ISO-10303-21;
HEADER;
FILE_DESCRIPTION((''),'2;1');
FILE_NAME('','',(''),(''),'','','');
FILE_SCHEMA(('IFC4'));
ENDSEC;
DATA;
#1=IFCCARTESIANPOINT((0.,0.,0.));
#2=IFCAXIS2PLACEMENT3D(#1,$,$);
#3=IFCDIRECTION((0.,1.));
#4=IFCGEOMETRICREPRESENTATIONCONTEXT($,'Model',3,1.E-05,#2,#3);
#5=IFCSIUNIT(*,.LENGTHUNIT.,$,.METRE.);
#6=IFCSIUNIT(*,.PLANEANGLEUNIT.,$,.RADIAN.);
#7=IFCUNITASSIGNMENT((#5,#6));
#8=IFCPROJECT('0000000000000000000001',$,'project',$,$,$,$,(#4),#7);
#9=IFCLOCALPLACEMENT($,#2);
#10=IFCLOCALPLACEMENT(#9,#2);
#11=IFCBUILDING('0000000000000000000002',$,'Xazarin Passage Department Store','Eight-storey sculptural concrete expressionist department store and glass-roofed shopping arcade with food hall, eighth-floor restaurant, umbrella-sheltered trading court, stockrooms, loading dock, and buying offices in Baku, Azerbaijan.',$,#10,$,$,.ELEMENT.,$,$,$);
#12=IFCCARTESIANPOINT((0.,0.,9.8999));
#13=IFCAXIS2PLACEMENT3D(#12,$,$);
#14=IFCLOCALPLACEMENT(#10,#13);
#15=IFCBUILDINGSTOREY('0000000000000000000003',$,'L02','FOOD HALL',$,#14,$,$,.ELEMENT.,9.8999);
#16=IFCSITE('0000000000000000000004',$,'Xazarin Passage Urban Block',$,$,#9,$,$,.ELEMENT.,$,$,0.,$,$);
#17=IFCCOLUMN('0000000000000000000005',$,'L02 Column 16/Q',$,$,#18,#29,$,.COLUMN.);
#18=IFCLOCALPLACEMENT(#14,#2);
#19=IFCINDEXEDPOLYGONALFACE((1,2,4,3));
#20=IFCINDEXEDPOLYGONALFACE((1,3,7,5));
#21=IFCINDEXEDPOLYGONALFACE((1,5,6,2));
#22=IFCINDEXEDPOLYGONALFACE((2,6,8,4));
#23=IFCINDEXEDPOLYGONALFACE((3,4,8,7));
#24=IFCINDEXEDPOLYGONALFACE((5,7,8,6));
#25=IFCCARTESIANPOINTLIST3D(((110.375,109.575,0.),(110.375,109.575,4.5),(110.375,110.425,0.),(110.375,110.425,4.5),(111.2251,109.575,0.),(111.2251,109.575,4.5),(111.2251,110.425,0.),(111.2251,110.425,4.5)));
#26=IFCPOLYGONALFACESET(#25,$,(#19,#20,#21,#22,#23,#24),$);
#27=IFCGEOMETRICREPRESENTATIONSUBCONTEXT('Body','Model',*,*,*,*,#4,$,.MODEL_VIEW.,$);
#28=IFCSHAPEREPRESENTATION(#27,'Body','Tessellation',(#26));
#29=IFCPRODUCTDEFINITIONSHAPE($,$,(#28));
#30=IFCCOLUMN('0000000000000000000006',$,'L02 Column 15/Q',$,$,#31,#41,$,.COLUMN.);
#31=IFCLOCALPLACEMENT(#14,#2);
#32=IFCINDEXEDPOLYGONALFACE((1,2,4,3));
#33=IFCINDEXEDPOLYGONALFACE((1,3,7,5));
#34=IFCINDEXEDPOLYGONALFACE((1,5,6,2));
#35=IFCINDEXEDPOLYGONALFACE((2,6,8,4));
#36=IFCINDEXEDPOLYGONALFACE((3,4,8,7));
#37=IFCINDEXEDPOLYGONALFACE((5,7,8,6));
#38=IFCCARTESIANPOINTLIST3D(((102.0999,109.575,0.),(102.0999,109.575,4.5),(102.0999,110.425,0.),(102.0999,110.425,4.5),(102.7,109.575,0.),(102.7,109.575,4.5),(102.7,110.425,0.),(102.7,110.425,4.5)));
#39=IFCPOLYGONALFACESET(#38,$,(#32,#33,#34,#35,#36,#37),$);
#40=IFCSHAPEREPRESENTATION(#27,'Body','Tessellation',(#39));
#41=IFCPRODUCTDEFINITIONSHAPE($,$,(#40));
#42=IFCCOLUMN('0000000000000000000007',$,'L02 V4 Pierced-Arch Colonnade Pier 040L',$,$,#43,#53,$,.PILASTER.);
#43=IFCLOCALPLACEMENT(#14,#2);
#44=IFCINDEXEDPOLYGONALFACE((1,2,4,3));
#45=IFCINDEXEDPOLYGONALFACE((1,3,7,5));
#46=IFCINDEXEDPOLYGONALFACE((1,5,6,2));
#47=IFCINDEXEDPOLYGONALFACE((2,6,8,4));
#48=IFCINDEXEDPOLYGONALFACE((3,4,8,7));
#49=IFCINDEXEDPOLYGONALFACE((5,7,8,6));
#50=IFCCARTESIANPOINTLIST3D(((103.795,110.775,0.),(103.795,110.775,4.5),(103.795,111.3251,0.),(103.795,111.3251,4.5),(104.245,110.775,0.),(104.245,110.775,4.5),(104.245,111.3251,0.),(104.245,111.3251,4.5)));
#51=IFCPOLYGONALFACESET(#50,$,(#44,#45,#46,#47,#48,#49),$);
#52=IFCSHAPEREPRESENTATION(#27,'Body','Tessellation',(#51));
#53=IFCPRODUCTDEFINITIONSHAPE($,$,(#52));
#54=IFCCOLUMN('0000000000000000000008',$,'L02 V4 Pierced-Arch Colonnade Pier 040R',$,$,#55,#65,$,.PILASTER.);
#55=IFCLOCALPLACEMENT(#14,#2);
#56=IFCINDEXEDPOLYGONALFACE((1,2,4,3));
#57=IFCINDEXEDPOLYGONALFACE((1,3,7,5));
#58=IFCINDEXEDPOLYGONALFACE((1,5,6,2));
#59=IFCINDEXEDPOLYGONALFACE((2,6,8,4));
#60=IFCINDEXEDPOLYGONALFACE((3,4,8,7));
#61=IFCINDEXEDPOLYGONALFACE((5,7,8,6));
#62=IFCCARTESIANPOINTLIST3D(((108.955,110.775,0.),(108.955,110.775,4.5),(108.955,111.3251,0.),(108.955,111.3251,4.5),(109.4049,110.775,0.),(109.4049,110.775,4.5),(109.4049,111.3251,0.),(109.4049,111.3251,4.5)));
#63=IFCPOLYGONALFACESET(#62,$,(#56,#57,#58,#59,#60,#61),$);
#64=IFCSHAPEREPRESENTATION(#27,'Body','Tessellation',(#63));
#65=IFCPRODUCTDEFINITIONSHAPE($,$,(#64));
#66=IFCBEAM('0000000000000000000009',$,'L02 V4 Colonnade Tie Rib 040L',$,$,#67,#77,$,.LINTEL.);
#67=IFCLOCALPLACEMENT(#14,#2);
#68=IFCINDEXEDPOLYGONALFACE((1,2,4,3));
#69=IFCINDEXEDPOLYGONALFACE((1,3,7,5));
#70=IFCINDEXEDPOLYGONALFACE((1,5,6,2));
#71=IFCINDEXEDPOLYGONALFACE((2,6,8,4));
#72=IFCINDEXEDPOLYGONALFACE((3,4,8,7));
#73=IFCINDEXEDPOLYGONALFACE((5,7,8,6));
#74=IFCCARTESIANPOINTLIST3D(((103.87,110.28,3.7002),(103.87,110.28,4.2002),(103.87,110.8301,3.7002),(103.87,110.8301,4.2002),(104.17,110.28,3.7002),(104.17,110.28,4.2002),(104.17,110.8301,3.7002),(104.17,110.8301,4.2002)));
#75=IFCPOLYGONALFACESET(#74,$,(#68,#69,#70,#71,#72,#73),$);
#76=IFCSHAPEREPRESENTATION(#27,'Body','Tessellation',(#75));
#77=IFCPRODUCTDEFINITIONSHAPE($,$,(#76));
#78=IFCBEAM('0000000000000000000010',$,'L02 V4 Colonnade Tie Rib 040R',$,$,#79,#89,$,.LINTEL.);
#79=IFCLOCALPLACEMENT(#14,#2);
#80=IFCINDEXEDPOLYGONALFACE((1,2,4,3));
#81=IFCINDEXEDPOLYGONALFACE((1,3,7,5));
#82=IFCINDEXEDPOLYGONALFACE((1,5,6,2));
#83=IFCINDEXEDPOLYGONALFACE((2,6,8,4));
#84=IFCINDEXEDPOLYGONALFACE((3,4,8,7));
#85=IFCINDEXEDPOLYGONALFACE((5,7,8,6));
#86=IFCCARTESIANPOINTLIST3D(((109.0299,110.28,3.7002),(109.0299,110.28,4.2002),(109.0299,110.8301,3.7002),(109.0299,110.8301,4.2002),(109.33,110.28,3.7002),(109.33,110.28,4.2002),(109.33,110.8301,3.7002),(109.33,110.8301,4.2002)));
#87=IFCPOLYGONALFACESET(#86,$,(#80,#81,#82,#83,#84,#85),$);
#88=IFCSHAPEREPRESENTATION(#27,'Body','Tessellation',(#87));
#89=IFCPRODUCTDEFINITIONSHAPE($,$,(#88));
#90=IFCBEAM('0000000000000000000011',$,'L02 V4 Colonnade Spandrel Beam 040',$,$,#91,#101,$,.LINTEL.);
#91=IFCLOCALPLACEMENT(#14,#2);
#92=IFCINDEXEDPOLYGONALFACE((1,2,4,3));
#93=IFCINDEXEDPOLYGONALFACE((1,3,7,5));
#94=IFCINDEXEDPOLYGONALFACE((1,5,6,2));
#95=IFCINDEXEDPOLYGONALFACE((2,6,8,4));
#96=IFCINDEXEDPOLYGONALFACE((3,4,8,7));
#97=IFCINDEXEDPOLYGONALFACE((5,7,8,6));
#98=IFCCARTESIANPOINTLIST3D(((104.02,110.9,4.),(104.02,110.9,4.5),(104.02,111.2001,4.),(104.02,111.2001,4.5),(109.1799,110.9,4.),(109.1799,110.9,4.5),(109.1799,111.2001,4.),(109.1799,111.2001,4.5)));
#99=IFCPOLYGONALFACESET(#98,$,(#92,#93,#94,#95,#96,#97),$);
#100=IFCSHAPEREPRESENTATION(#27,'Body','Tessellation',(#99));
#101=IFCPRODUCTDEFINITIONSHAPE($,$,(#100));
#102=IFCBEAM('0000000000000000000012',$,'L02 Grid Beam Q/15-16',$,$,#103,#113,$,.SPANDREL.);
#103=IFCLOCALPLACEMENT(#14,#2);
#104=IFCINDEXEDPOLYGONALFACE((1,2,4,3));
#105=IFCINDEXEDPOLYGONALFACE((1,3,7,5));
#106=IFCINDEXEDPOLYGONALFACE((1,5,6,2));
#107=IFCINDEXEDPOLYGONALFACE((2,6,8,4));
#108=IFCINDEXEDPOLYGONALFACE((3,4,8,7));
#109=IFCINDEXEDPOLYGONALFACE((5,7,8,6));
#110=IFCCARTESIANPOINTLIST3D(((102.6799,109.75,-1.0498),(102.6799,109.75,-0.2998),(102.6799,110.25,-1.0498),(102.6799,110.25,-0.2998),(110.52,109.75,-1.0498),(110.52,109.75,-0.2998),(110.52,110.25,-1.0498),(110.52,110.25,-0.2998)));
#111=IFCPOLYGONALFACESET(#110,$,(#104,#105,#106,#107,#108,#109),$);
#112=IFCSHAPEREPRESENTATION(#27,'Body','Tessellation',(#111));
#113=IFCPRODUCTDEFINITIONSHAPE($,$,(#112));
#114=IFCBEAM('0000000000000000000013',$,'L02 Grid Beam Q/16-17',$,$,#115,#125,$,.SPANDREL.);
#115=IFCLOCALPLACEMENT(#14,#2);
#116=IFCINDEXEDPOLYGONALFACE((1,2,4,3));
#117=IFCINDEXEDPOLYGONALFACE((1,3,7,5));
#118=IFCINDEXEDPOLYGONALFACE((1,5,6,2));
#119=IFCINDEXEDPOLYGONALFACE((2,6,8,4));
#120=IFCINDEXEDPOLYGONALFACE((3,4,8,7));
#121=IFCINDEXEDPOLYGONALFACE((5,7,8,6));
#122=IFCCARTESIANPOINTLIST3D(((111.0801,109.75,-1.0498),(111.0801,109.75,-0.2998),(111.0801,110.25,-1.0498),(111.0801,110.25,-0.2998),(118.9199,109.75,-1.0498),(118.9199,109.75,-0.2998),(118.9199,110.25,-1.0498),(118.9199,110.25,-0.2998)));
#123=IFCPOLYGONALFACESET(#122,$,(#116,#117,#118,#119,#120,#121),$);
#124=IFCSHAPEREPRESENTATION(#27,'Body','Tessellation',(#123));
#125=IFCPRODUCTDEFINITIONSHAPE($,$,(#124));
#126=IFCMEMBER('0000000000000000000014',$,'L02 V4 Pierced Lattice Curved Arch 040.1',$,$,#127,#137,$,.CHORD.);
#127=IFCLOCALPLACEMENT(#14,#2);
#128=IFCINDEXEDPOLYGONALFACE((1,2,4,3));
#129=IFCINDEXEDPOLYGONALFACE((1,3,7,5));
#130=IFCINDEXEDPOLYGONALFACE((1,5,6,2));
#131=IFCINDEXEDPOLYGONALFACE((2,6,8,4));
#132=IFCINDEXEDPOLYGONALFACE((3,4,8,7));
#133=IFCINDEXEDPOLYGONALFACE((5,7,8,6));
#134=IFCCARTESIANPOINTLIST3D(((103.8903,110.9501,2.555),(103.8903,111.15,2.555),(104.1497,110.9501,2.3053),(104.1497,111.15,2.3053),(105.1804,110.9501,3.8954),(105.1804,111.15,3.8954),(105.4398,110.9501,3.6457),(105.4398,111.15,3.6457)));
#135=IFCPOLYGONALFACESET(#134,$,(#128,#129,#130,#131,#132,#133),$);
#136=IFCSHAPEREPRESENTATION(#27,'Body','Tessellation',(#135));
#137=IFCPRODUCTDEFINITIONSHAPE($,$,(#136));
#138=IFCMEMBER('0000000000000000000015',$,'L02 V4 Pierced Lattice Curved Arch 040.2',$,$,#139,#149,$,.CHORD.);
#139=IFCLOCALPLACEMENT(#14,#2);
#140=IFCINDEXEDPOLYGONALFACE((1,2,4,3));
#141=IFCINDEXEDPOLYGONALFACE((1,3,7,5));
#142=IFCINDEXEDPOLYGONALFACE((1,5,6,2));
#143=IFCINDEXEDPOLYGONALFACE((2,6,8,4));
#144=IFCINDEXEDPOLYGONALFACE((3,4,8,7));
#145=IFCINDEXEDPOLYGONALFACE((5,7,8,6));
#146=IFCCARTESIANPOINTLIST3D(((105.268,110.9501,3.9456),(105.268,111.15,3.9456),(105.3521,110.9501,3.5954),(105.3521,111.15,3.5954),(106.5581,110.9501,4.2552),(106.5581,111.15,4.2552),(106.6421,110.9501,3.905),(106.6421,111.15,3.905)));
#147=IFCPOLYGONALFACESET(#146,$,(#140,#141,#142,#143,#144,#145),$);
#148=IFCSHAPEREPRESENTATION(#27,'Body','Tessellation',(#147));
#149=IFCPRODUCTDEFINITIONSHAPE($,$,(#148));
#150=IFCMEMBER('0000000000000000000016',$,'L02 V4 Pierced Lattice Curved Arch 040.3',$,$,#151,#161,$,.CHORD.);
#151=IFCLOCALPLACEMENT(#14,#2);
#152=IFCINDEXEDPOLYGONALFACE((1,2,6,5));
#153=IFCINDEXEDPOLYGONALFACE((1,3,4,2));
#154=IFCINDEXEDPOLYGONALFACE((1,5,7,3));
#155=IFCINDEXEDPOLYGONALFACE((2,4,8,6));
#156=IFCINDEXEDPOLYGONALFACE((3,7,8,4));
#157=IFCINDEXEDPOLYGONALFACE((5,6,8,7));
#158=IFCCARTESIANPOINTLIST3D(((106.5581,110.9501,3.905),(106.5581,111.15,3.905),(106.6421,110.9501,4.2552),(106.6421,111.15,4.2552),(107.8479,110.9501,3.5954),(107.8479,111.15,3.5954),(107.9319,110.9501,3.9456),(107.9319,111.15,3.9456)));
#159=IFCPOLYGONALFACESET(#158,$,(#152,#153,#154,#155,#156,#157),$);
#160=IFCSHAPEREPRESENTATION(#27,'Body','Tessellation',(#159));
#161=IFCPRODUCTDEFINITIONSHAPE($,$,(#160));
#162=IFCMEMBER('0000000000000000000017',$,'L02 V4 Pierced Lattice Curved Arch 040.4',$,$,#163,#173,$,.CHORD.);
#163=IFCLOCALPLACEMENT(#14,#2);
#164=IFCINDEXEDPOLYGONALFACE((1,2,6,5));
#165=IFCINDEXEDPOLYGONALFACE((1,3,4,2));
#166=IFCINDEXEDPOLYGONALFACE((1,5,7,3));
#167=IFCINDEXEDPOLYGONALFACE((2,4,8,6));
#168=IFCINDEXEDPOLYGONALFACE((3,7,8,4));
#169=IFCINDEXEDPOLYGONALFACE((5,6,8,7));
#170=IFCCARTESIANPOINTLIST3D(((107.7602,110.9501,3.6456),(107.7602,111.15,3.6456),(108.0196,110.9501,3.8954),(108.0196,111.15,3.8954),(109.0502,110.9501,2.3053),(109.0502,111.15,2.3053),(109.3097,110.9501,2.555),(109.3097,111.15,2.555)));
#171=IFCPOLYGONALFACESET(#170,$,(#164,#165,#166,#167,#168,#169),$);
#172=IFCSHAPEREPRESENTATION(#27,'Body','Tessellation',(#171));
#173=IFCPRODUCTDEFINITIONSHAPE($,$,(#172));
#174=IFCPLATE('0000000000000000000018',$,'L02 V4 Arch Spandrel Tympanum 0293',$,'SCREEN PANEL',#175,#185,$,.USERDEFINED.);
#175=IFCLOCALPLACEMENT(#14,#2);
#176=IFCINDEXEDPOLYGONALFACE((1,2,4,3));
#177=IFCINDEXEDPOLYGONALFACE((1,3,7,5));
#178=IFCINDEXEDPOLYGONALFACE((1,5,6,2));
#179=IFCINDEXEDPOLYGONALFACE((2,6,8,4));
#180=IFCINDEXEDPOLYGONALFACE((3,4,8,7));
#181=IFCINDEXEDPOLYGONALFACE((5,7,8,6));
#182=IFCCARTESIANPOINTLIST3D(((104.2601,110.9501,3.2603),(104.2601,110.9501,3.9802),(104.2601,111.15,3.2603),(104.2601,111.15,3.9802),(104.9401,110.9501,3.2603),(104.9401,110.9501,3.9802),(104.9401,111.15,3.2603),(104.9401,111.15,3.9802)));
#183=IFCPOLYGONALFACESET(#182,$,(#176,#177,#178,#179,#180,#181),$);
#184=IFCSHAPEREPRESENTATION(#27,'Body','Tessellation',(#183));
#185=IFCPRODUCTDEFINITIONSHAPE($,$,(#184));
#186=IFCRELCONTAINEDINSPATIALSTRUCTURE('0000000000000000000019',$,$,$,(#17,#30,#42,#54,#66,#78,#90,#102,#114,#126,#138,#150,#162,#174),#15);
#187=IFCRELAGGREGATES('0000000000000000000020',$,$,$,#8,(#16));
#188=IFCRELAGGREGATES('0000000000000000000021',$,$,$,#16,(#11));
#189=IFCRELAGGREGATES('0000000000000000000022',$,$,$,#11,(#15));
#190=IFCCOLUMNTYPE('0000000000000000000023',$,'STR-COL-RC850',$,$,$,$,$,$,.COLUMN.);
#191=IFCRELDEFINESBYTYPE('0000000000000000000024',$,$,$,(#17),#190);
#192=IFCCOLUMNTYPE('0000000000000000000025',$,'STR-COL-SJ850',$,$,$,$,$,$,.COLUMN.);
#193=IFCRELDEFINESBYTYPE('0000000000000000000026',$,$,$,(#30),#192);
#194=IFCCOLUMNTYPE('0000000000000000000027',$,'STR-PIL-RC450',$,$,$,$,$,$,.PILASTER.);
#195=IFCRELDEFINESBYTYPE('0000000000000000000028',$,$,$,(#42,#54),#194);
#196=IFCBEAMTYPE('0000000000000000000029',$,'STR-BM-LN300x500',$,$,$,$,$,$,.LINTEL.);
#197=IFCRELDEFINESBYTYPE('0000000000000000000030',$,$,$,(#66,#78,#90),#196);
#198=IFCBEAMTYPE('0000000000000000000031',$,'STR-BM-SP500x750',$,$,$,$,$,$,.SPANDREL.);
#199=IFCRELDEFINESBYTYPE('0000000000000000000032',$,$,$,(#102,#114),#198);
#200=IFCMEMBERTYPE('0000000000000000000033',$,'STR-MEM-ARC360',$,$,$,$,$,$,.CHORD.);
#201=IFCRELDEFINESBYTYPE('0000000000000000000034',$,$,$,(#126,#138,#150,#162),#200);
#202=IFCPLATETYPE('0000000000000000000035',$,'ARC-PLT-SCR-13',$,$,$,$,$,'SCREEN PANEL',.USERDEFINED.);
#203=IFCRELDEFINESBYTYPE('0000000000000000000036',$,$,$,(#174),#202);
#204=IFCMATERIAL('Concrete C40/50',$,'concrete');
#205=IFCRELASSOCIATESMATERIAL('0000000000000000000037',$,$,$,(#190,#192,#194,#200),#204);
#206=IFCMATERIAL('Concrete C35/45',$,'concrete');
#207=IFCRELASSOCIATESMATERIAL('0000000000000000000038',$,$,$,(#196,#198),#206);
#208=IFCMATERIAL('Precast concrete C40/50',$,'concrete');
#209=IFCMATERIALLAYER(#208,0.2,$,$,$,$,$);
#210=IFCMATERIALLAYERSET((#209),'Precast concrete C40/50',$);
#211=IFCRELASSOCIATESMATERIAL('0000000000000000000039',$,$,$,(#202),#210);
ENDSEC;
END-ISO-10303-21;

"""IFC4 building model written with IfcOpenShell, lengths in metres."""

from ifc_helpers import new_model, si_unit, direction, frame, origin, origin_2d, place, context, subcontext, project, spatial, rectangle, extrude, material, layer, layer_set, material_profile, profile_set, type_object, element, save


model = new_model("IFC4")

# Units and contexts
model_context = context("Model", 3, precision=1e-05, world=origin(), true_north=direction((0.0, 1.0)))
body_context = subcontext(model_context, "Body", "Model", "MODEL_VIEW")
ifc_project = project(units=[si_unit("LENGTHUNIT", "METRE"), si_unit("PLANEANGLEUNIT", "RADIAN")], contexts=[model_context])

# Site, building, storey
site_placement = place(None, origin())
site = spatial("IfcSite", under=ifc_project, at=site_placement, Name="Xazarin Passage Urban Block", CompositionType="ELEMENT", RefElevation=0.0)
building_placement = place(site_placement, origin())
building = spatial("IfcBuilding", under=site, at=building_placement, Name="Xazarin Passage Department Store", Description="Eight-storey sculptural concrete expressionist department store and glass-roofed shopping arcade with food hall, eighth-floor restaurant, umbrella-sheltered trading court, stockrooms, loading dock, and buying offices in Baku, Azerbaijan.", CompositionType="ELEMENT")
storey_placement = place(building_placement, frame((0.0, 0.0, 9.8999)))
storey = spatial("IfcBuildingStorey", under=building, at=storey_placement, Name="L02", Description="FOOD HALL", CompositionType="ELEMENT", Elevation=9.8999)

# Columns
ifc_material_1 = material(Name="Concrete C40/50", Category="concrete")
ifc_material_profile_1 = material_profile(ifc_material_1, rectangle(XDim=0.8501, YDim=0.8501, at=origin_2d()), Name="RC 850x850")
ifc_profile_set_1 = profile_set([ifc_material_profile_1], Name="Concrete C40/50")
column_type_1 = type_object("IfcColumnType", Name="STR-COL-RC850", PredefinedType="COLUMN", material=ifc_profile_set_1)
column_1_placement = place(storey_placement, frame((110.8, 110.0, 0.0), z_axis=(0.0, 0.0, 1.0), x_axis=(1.0, 0.0, 0.0)))
element("IfcColumn", 1, at=column_1_placement, inside=storey, type_object=column_type_1, Name="L02 Column 16/Q", PredefinedType="COLUMN", context=body_context, shape_type="SweptSolid", body=[
    extrude(rectangle(XDim=0.8501, YDim=0.8501, at=origin_2d()), origin(), (0.0, 0.0, 1.0), 4.5),
])
ifc_material_profile_2 = material_profile(ifc_material_1, rectangle(XDim=0.6001, YDim=0.8501, at=origin_2d()), Name="RC 600x850")
ifc_profile_set_2 = profile_set([ifc_material_profile_2], Name="Concrete C40/50")
column_type_2 = type_object("IfcColumnType", Name="STR-COL-SJ850", PredefinedType="COLUMN", material=ifc_profile_set_2)
column_2_placement = place(storey_placement, frame((102.3999, 110.0, 0.0), z_axis=(0.0, 0.0, 1.0), x_axis=(1.0, 0.0, 0.0)))
element("IfcColumn", 2, at=column_2_placement, inside=storey, type_object=column_type_2, Name="L02 Column 15/Q", PredefinedType="COLUMN", context=body_context, shape_type="SweptSolid", body=[
    extrude(rectangle(XDim=0.6001, YDim=0.8501, at=origin_2d()), origin(), (0.0, 0.0, 1.0), 4.5),
])
ifc_material_profile_3 = material_profile(ifc_material_1, rectangle(XDim=0.45, YDim=0.55, at=origin_2d()), Name="RC 450x550")
ifc_profile_set_3 = profile_set([ifc_material_profile_3], Name="Concrete C40/50")
column_type_3 = type_object("IfcColumnType", Name="STR-PIL-RC450", PredefinedType="PILASTER", material=ifc_profile_set_3)
for number, where, z_axis, x_axis, name in (
    (3, (104.02, 111.05, 0.0), (0.0, 0.0, 1.0), (1.0, 0.0, 0.0), "L02 V4 Pierced-Arch Colonnade Pier 040L"),
    (4, (109.1799, 111.05, 0.0), (0.0, 0.0, 1.0), (1.0, 0.0, 0.0), "L02 V4 Pierced-Arch Colonnade Pier 040R"),
):
    element("IfcColumn", number, at=place(storey_placement, frame(where, z_axis=z_axis, x_axis=x_axis)), inside=storey, type_object=column_type_3, Name=name, PredefinedType="PILASTER", context=body_context, shape_type="SweptSolid", body=[
        extrude(rectangle(XDim=0.45, YDim=0.55, at=origin_2d()), origin(), (0.0, 0.0, 1.0), 4.5),
    ])

# Beams
ifc_material_2 = material(Name="Concrete C35/45", Category="concrete")
ifc_material_profile_4 = material_profile(ifc_material_2, rectangle(XDim=0.3, YDim=0.5, at=origin_2d()), Name="RC 300x500")
ifc_profile_set_4 = profile_set([ifc_material_profile_4], Name="Concrete C35/45")
beam_type_1 = type_object("IfcBeamType", Name="STR-BM-LN300x500", PredefinedType="LINTEL", material=ifc_profile_set_4)
for number, where, z_axis, x_axis, name in (
    (5, (104.02, 110.28, 3.9502), (0.0, 1.0, 0.0), (-1.0, 0.0, 0.0), "L02 V4 Colonnade Tie Rib 040L"),
    (6, (109.1799, 110.28, 3.9502), (0.0, 1.0, 0.0), (-1.0, 0.0, 0.0), "L02 V4 Colonnade Tie Rib 040R"),
):
    element("IfcBeam", number, at=place(storey_placement, frame(where, z_axis=z_axis, x_axis=x_axis)), inside=storey, type_object=beam_type_1, Name=name, PredefinedType="LINTEL", context=body_context, shape_type="SweptSolid", body=[
        extrude(rectangle(XDim=0.3, YDim=0.5, at=origin_2d()), origin(), (0.0, 0.0, 1.0), 0.55),
    ])
beam_1_placement = place(storey_placement, frame((104.02, 111.05, 4.25), z_axis=(1.0, 0.0, 0.0), x_axis=(0.0, 1.0, 0.0)))
element("IfcBeam", 7, at=beam_1_placement, inside=storey, type_object=beam_type_1, Name="L02 V4 Colonnade Spandrel Beam 040", PredefinedType="LINTEL", context=body_context, shape_type="SweptSolid", body=[
    extrude(rectangle(XDim=0.3, YDim=0.5, at=origin_2d()), origin(), (0.0, 0.0, 1.0), 5.1599),
])
ifc_material_profile_5 = material_profile(ifc_material_2, rectangle(XDim=0.5, YDim=0.75, at=origin_2d()), Name="RC 500x750")
ifc_profile_set_5 = profile_set([ifc_material_profile_5], Name="Concrete C35/45")
beam_type_2 = type_object("IfcBeamType", Name="STR-BM-SP500x750", PredefinedType="SPANDREL", material=ifc_profile_set_5)
beam_2_placement = place(storey_placement, frame((102.6799, 110.0, -0.6748), z_axis=(1.0, 0.0, 0.0), x_axis=(0.0, 1.0, 0.0)))
element("IfcBeam", 8, at=beam_2_placement, inside=storey, type_object=beam_type_2, Name="L02 Grid Beam Q/15-16", PredefinedType="SPANDREL", context=body_context, shape_type="SweptSolid", body=[
    extrude(rectangle(XDim=0.5, YDim=0.75, at=origin_2d()), origin(), (0.0, 0.0, 1.0), 7.8401),
])
beam_3_placement = place(storey_placement, frame((111.0801, 110.0, -0.6748), z_axis=(1.0, 0.0, 0.0), x_axis=(0.0, 1.0, 0.0)))
element("IfcBeam", 9, at=beam_3_placement, inside=storey, type_object=beam_type_2, Name="L02 Grid Beam Q/16-17", PredefinedType="SPANDREL", context=body_context, shape_type="SweptSolid", body=[
    extrude(rectangle(XDim=0.5, YDim=0.75, at=origin_2d()), origin(), (0.0, 0.0, 1.0), 7.8398),
])

# Members
ifc_material_profile_6 = material_profile(ifc_material_1, rectangle(XDim=0.2, YDim=0.3601, at=origin_2d()), Name="RC 200x360")
ifc_profile_set_6 = profile_set([ifc_material_profile_6], Name="Concrete C40/50")
member_type = type_object("IfcMemberType", Name="STR-MEM-ARC360", PredefinedType="CHORD", material=ifc_profile_set_6)
member_1_placement = place(storey_placement, frame((104.02, 111.05, 2.4302), z_axis=(0.69346, 0.0, 0.720495), x_axis=(0.0, 1.0, 0.0)))
element("IfcMember", 10, at=member_1_placement, inside=storey, type_object=member_type, Name="L02 V4 Pierced Lattice Curved Arch 040.1", PredefinedType="CHORD", context=body_context, shape_type="SweptSolid", body=[
    extrude(rectangle(XDim=0.2, YDim=0.3601, at=origin_2d()), origin(), (0.0, 0.0, 1.0), 1.8604),
])
member_2_placement = place(storey_placement, frame((105.3101, 111.05, 3.7705), z_axis=(0.972394, 0.0, 0.233345), x_axis=(0.0, 1.0, 0.0)))
element("IfcMember", 11, at=member_2_placement, inside=storey, type_object=member_type, Name="L02 V4 Pierced Lattice Curved Arch 040.2", PredefinedType="CHORD", context=body_context, shape_type="SweptSolid", body=[
    extrude(rectangle(XDim=0.2, YDim=0.3601, at=origin_2d()), origin(), (0.0, 0.0, 1.0), 1.3267),
])
member_3_placement = place(storey_placement, frame((106.6001, 111.05, 4.0801), z_axis=(0.972384, 0.0, -0.233387), x_axis=(0.0, 1.0, 0.0)))
element("IfcMember", 12, at=member_3_placement, inside=storey, type_object=member_type, Name="L02 V4 Pierced Lattice Curved Arch 040.3", PredefinedType="CHORD", context=body_context, shape_type="SweptSolid", body=[
    extrude(rectangle(XDim=0.2, YDim=0.3601, at=origin_2d()), origin(), (0.0, 0.0, 1.0), 1.3264),
])
member_4_placement = place(storey_placement, frame((107.8899, 111.05, 3.7705), z_axis=(0.69346, 0.0, -0.720495), x_axis=(0.0, 1.0, 0.0)))
element("IfcMember", 13, at=member_4_placement, inside=storey, type_object=member_type, Name="L02 V4 Pierced Lattice Curved Arch 040.4", PredefinedType="CHORD", context=body_context, shape_type="SweptSolid", body=[
    extrude(rectangle(XDim=0.2, YDim=0.3601, at=origin_2d()), origin(), (0.0, 0.0, 1.0), 1.8604),
])

# Plate
ifc_material_3 = material(Name="Precast concrete C40/50", Category="concrete")
ifc_layer_1 = layer(ifc_material_3, 0.2)
ifc_layer_set_1 = layer_set([ifc_layer_1], Name="Precast concrete C40/50")
plate_type = type_object("IfcPlateType", Name="ARC-PLT-SCR-13", ElementType="SCREEN PANEL", PredefinedType="USERDEFINED", material=ifc_layer_set_1)
for number, where, z_axis, x_axis, name in (
    (14, (104.6001, 111.05, 3.2603), (0.0, 0.0, 1.0), (1.0, 0.0, 0.0), "L02 V4 Arch Spandrel Tympanum 0293"),
):
    element("IfcPlate", number, at=place(storey_placement, frame(where, z_axis=z_axis, x_axis=x_axis)), inside=storey, type_object=plate_type, Name=name, ObjectType="SCREEN PANEL", PredefinedType="USERDEFINED", context=body_context, shape_type="SweptSolid", body=[
        extrude(rectangle(XDim=0.6799, YDim=0.2, at=origin_2d()), origin(), (0.0, 0.0, 1.0), 0.72),
    ])

save(model, "model.ifc")
